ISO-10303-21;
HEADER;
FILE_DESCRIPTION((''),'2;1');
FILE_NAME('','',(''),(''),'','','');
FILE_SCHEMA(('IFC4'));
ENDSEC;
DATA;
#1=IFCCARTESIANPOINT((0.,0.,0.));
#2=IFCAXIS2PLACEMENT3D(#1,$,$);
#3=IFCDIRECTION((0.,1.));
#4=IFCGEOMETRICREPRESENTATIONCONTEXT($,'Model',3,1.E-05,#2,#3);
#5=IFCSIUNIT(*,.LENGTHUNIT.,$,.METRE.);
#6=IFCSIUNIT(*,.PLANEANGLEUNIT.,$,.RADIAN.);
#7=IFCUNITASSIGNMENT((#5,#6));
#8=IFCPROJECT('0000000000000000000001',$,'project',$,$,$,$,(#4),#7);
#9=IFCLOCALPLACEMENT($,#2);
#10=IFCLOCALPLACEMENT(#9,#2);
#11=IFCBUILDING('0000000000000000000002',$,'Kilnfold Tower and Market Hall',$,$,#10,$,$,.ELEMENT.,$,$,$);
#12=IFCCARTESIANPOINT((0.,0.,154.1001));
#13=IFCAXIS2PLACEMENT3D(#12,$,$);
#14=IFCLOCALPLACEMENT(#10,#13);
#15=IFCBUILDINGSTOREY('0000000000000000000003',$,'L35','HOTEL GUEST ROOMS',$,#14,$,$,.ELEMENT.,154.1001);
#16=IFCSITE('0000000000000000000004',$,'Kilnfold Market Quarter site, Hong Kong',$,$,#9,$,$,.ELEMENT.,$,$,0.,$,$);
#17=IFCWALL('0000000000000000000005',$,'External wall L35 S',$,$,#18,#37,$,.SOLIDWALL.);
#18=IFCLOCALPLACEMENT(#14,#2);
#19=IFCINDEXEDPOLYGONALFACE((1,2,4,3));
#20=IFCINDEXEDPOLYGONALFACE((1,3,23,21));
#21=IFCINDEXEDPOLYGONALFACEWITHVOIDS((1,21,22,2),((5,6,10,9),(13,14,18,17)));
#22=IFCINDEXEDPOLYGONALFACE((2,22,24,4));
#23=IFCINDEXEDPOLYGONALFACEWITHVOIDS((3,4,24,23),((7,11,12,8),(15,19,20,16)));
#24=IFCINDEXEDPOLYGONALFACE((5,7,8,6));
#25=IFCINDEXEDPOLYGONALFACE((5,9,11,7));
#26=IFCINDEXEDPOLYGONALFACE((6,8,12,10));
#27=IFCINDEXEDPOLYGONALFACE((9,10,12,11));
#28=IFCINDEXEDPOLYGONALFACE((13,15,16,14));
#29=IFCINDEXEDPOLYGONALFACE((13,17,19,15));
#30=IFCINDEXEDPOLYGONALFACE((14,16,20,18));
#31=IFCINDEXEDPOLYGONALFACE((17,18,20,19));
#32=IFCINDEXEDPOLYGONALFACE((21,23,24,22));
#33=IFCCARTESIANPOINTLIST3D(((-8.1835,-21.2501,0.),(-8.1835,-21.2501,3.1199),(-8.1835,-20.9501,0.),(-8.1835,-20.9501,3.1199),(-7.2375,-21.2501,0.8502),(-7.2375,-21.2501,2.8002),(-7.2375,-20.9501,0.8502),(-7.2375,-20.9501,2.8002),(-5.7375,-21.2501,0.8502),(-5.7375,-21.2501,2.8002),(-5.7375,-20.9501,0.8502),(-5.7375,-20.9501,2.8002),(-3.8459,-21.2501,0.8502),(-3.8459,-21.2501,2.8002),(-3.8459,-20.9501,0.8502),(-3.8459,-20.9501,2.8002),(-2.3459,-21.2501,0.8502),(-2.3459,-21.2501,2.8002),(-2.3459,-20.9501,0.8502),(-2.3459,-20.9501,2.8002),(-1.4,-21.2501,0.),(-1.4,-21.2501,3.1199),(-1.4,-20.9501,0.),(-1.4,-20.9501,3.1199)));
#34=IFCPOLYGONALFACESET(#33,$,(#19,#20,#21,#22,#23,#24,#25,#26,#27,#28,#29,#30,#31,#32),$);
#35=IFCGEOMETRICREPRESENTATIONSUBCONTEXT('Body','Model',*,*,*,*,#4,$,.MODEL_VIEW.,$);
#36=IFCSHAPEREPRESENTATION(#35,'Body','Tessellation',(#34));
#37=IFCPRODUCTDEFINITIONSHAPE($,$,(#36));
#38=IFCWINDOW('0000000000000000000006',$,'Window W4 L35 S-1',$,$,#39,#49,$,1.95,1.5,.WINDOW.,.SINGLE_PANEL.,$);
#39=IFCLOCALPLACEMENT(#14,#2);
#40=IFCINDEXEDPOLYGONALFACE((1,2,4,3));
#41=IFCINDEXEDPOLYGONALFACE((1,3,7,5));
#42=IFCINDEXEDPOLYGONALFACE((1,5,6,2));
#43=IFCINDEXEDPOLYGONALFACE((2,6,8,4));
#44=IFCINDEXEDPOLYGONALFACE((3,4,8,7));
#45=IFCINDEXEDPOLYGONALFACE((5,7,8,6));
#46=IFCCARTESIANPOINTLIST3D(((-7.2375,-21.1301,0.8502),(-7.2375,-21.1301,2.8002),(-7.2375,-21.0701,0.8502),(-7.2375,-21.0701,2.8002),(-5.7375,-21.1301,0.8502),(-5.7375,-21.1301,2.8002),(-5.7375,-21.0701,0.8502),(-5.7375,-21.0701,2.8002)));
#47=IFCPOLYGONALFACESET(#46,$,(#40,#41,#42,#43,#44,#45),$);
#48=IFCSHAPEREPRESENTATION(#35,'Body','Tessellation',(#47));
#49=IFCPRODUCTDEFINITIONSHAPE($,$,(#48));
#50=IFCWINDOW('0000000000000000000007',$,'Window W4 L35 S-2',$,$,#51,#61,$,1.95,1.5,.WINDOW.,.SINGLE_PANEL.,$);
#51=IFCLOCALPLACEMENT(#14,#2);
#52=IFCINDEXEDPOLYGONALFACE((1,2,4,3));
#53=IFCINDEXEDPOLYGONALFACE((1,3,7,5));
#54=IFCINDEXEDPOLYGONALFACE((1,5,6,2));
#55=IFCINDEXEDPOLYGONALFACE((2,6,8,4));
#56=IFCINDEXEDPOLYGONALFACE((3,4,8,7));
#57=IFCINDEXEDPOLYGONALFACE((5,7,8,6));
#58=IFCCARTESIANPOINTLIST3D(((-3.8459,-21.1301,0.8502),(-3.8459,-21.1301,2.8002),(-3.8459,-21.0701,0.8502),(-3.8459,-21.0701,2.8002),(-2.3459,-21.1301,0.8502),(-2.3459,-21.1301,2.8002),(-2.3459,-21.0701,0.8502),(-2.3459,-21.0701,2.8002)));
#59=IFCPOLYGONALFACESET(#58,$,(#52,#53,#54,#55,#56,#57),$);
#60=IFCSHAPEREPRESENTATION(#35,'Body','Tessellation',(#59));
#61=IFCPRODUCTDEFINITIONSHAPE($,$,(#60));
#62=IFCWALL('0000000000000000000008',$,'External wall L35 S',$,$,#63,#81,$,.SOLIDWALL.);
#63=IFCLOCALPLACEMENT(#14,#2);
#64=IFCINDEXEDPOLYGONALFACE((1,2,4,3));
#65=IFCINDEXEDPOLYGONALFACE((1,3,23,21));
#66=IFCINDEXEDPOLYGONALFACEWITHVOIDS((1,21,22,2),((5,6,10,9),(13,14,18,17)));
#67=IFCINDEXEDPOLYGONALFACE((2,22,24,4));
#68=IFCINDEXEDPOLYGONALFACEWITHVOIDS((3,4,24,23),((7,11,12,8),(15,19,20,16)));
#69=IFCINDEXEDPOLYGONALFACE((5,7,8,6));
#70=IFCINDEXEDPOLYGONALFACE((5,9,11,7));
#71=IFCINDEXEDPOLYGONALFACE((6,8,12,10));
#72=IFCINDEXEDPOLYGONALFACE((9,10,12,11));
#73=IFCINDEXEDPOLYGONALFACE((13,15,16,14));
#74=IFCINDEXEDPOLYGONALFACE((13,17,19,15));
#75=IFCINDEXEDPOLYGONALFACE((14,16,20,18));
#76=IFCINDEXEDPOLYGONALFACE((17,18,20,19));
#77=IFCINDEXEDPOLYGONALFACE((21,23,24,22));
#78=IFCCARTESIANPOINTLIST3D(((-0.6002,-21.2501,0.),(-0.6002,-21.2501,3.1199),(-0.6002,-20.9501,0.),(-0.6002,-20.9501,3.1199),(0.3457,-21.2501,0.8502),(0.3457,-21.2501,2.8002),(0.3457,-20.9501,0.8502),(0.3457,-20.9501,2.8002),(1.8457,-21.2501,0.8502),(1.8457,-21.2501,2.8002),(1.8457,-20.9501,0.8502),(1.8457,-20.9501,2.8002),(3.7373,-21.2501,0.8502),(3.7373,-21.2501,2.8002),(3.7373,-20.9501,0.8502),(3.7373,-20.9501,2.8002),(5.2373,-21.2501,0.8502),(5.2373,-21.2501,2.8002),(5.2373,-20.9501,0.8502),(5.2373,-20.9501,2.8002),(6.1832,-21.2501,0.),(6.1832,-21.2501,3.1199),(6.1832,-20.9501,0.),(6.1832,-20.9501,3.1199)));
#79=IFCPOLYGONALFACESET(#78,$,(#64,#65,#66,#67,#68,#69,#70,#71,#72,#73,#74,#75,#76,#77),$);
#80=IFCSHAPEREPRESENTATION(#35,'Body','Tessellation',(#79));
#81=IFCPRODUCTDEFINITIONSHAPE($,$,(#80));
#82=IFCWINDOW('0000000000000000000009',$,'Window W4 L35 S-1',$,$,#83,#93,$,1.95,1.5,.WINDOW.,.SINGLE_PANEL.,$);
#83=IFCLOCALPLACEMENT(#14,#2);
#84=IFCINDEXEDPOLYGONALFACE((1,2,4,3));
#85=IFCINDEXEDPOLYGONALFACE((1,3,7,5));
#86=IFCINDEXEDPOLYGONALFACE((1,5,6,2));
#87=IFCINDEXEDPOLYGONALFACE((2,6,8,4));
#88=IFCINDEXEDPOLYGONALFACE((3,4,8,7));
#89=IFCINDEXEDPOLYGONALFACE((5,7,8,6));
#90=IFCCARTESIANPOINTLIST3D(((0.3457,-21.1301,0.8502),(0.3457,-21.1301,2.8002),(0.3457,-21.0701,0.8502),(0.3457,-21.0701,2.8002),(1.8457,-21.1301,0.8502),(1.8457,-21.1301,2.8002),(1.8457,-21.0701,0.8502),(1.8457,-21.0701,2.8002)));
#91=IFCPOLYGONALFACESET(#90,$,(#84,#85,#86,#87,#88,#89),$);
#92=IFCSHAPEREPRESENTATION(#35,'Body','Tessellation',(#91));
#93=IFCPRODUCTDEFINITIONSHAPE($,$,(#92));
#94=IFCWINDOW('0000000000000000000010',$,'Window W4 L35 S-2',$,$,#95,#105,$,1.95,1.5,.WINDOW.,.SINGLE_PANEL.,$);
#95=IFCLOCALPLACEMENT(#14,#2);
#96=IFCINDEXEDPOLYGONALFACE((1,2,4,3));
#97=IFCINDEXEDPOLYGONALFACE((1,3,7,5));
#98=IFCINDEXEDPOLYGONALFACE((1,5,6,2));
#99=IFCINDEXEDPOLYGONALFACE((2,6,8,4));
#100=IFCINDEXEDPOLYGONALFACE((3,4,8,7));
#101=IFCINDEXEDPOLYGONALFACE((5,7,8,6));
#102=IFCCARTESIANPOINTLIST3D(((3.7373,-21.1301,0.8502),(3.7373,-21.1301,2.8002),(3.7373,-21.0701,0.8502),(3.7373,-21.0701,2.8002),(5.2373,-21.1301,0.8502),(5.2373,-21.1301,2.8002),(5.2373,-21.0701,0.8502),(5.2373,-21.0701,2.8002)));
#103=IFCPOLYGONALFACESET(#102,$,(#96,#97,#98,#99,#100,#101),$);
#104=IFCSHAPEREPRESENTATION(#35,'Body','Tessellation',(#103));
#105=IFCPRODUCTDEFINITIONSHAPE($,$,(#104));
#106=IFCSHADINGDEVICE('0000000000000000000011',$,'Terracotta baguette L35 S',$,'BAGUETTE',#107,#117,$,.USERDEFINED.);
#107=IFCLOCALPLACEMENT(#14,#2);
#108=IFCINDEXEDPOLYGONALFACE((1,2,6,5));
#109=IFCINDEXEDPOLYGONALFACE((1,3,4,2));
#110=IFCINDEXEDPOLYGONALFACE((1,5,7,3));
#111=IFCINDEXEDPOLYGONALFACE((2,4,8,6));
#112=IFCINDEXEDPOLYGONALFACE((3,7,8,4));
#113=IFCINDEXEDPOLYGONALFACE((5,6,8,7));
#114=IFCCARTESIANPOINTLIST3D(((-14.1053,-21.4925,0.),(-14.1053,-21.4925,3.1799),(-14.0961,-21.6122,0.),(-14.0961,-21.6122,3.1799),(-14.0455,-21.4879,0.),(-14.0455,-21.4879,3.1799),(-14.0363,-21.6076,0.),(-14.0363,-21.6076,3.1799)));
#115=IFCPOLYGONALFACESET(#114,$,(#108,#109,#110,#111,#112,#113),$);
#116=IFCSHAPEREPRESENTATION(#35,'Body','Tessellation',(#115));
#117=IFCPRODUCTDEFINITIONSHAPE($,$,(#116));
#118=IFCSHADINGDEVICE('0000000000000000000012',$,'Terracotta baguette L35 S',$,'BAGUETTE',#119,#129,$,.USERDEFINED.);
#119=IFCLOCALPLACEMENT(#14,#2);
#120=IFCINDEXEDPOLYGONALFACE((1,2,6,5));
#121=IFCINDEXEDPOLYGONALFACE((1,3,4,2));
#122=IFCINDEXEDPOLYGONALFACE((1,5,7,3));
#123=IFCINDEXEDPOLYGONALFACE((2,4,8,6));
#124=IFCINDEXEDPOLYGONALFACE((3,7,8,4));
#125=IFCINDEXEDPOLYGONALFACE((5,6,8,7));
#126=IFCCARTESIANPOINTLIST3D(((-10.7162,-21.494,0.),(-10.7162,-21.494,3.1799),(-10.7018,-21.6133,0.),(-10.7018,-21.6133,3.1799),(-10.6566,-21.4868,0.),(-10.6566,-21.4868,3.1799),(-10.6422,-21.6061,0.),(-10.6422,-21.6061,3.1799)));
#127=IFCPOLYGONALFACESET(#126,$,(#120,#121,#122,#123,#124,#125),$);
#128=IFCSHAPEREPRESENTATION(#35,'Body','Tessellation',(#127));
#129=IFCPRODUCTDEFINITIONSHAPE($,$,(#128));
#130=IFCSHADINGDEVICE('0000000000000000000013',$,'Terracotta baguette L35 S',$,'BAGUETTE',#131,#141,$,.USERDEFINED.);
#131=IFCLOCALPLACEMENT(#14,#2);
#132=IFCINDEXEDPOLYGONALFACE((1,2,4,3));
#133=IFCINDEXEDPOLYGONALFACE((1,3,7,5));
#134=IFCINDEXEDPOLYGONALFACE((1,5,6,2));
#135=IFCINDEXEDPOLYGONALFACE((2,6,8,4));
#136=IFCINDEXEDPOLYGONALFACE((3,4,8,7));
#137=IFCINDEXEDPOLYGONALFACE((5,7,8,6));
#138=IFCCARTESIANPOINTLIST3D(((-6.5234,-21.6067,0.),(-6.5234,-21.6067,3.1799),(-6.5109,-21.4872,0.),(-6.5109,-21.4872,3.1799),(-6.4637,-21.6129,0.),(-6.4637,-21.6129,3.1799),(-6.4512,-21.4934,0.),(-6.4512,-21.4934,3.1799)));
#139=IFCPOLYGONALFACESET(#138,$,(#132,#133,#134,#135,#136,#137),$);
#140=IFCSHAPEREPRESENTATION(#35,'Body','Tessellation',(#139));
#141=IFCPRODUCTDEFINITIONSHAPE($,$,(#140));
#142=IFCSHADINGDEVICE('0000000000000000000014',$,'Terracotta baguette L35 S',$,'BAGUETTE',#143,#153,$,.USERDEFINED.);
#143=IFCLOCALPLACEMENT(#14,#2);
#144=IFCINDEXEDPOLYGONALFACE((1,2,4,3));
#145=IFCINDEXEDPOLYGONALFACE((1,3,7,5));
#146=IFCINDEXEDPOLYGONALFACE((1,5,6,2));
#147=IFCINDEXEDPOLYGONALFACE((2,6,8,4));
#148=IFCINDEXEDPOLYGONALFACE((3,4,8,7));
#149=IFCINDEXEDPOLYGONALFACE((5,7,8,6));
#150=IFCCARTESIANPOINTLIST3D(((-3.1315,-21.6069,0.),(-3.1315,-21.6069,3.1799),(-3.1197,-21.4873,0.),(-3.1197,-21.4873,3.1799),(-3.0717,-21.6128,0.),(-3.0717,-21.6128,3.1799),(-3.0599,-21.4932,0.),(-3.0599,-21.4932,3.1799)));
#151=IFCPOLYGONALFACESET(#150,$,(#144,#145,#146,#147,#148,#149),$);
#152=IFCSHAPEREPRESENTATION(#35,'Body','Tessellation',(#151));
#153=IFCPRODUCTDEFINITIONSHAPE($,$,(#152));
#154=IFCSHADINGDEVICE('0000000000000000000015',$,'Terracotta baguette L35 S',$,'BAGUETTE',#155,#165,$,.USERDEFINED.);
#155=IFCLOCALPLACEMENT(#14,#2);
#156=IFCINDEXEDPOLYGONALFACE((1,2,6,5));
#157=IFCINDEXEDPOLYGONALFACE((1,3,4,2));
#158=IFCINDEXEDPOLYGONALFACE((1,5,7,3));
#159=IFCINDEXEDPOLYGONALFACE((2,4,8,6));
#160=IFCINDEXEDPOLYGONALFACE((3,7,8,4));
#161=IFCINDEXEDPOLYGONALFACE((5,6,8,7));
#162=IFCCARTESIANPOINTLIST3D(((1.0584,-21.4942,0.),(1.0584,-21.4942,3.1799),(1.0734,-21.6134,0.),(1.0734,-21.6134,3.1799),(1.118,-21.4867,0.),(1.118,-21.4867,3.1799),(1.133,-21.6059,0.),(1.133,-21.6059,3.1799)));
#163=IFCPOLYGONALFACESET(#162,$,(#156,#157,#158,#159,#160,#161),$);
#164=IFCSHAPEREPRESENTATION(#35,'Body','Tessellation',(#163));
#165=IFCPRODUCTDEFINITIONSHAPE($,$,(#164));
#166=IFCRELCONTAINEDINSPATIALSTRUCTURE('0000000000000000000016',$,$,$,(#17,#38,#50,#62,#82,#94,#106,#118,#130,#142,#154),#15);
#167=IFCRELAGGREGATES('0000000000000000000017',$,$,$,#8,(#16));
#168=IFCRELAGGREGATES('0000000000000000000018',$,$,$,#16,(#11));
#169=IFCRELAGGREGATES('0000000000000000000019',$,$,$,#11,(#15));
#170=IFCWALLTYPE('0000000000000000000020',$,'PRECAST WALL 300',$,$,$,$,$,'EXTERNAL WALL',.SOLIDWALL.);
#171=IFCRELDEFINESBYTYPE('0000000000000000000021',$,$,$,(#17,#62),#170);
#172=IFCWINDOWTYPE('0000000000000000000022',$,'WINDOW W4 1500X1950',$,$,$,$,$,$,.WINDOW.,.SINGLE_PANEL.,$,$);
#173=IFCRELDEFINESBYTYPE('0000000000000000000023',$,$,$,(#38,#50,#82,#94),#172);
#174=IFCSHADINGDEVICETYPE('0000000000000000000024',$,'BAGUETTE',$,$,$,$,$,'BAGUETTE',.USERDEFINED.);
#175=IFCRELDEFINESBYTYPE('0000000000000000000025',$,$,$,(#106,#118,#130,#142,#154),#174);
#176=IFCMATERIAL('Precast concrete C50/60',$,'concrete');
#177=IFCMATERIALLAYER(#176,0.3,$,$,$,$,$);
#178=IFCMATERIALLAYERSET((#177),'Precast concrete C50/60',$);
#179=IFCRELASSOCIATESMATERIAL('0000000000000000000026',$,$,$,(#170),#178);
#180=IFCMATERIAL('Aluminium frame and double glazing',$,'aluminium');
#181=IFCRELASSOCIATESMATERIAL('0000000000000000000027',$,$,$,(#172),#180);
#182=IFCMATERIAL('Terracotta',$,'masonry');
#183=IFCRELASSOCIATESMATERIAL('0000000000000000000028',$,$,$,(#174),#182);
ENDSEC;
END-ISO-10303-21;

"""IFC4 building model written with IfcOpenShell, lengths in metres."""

from ifc_helpers import new_model, si_unit, direction, frame, frame_2d, origin, origin_2d, place, context, subcontext, project, spatial, rectangle, extrude, source, transform, mapped, material, layer, layer_set, material_profile, profile_set, type_object, element, fill, save


model = new_model("IFC4")

# Units and contexts
model_context = context("Model", 3, precision=1e-05, world=origin(), true_north=direction((0.0, 1.0)))
body_context = subcontext(model_context, "Body", "Model", "MODEL_VIEW")
ifc_project = project(units=[si_unit("LENGTHUNIT", "METRE"), si_unit("PLANEANGLEUNIT", "RADIAN")], contexts=[model_context])

# Site, building, storey
site_placement = place(None, origin())
site = spatial("IfcSite", under=ifc_project, at=site_placement, Name="Kilnfold Market Quarter site, Hong Kong", CompositionType="ELEMENT", RefElevation=0.0)
building_placement = place(site_placement, origin())
building = spatial("IfcBuilding", under=site, at=building_placement, Name="Kilnfold Tower and Market Hall", CompositionType="ELEMENT")
storey_placement = place(building_placement, frame((0.0, 0.0, 154.1001)))
storey = spatial("IfcBuildingStorey", under=building, at=storey_placement, Name="L35", Description="HOTEL GUEST ROOMS", CompositionType="ELEMENT", Elevation=154.1001)

# Walls, openings, windows
ifc_material_1 = material(Name="Precast concrete C50/60", Category="concrete")
ifc_layer_1 = layer(ifc_material_1, 0.3)
ifc_layer_set_1 = layer_set([ifc_layer_1], Name="Precast concrete C50/60")
wall_type_1 = type_object("IfcWallType", Name="PRECAST WALL 300", ElementType="EXTERNAL WALL", PredefinedType="SOLIDWALL", material=ifc_layer_set_1)
shared_shape_1 = source(origin(), body_context, "Body", "SweptSolid", [
    extrude(rectangle(XDim=6.7834, YDim=0.3, at=frame_2d((3.3916, 0.0))), origin(), (0.0, 0.0, 1.0), 3.1199),
])
wall_1_placement = place(storey_placement, frame((-8.1833, -21.1001, 0.0), z_axis=(0.0, 0.0, 1.0), x_axis=(1.0, 0.0, 0.0)))
wall_1 = element("IfcWall", 1, at=wall_1_placement, inside=storey, type_object=wall_type_1, Name="External wall L35 S", PredefinedType="SOLIDWALL", context=body_context, shape_type="MappedRepresentation", body=[
    mapped(shared_shape_1, transform((0.0, 0.0, 0.0))),
])
opening_1_placement = place(wall_1_placement, frame((0.9458, 0.0, 0.8501)))
opening_1 = element("IfcOpeningElement", 2, at=opening_1_placement, cuts=wall_1, PredefinedType="OPENING", context=body_context, shape_type="SweptSolid", body=[
    extrude(rectangle(XDim=1.5, YDim=1.95, at=frame_2d((0.75, 0.9751))), frame((0.0, 0.1602, 0.0), z_axis=(0.0, -1.0, 0.0), x_axis=(1.0, 0.0, 0.0)), (0.0, 0.0, 1.0), 0.3201),
])
opening_2_placement = place(wall_1_placement, frame((4.3374, 0.0, 0.8501)))
opening_2 = element("IfcOpeningElement", 3, at=opening_2_placement, cuts=wall_1, PredefinedType="OPENING", context=body_context, shape_type="SweptSolid", body=[
    extrude(rectangle(XDim=1.5, YDim=1.95, at=frame_2d((0.75, 0.9751))), frame((0.0, 0.1602, 0.0), z_axis=(0.0, -1.0, 0.0), x_axis=(1.0, 0.0, 0.0)), (0.0, 0.0, 1.0), 0.3201),
])
ifc_material_2 = material(Name="Aluminium frame and double glazing", Category="aluminium")
window_type = type_object("IfcWindowType", Name="WINDOW W4 1500X1950", PartitioningType="SINGLE_PANEL", PredefinedType="WINDOW", material=ifc_material_2)
window_1_placement = place(opening_1_placement, origin())
window_1 = element("IfcWindow", 4, at=window_1_placement, inside=storey, type_object=window_type, Name="Window W4 L35 S-1", OverallHeight=1.95, OverallWidth=1.5, PartitioningType="SINGLE_PANEL", PredefinedType="WINDOW", context=body_context, shape_type="SweptSolid", body=[
    extrude(rectangle(XDim=1.5, YDim=1.95, at=frame_2d((0.75, 0.9751))), frame((0.0, 0.03, 0.0), z_axis=(0.0, -1.0, 0.0), x_axis=(1.0, 0.0, 0.0)), (0.0, 0.0, 1.0), 0.0601),
])
fill(opening_1, window_1)
window_2_placement = place(opening_2_placement, origin())
window_2 = element("IfcWindow", 5, at=window_2_placement, inside=storey, type_object=window_type, Name="Window W4 L35 S-2", OverallHeight=1.95, OverallWidth=1.5, PartitioningType="SINGLE_PANEL", PredefinedType="WINDOW", context=body_context, shape_type="SweptSolid", body=[
    extrude(rectangle(XDim=1.5, YDim=1.95, at=frame_2d((0.75, 0.9751))), frame((0.0, 0.03, 0.0), z_axis=(0.0, -1.0, 0.0), x_axis=(1.0, 0.0, 0.0)), (0.0, 0.0, 1.0), 0.0601),
])
fill(opening_2, window_2)
wall_2_placement = place(storey_placement, frame((-0.6001, -21.1001, 0.0), z_axis=(0.0, 0.0, 1.0), x_axis=(1.0, 0.0, 0.0)))
wall_2 = element("IfcWall", 6, at=wall_2_placement, inside=storey, type_object=wall_type_1, Name="External wall L35 S", PredefinedType="SOLIDWALL", context=body_context, shape_type="MappedRepresentation", body=[
    mapped(shared_shape_1, transform((0.0, 0.0, 0.0))),
])
opening_3_placement = place(wall_2_placement, frame((0.9458, 0.0, 0.8501)))
opening_3 = element("IfcOpeningElement", 7, at=opening_3_placement, cuts=wall_2, PredefinedType="OPENING", context=body_context, shape_type="SweptSolid", body=[
    extrude(rectangle(XDim=1.5, YDim=1.95, at=frame_2d((0.75, 0.9751))), frame((0.0, 0.1602, 0.0), z_axis=(0.0, -1.0, 0.0), x_axis=(1.0, 0.0, 0.0)), (0.0, 0.0, 1.0), 0.3201),
])
opening_4_placement = place(wall_2_placement, frame((4.3374, 0.0, 0.8501)))
opening_4 = element("IfcOpeningElement", 8, at=opening_4_placement, cuts=wall_2, PredefinedType="OPENING", context=body_context, shape_type="SweptSolid", body=[
    extrude(rectangle(XDim=1.5, YDim=1.95, at=frame_2d((0.75, 0.9751))), frame((0.0, 0.1602, 0.0), z_axis=(0.0, -1.0, 0.0), x_axis=(1.0, 0.0, 0.0)), (0.0, 0.0, 1.0), 0.3201),
])
window_3_placement = place(opening_3_placement, origin())
window_3 = element("IfcWindow", 9, at=window_3_placement, inside=storey, type_object=window_type, Name="Window W4 L35 S-1", OverallHeight=1.95, OverallWidth=1.5, PartitioningType="SINGLE_PANEL", PredefinedType="WINDOW", context=body_context, shape_type="SweptSolid", body=[
    extrude(rectangle(XDim=1.5, YDim=1.95, at=frame_2d((0.75, 0.9751))), frame((0.0, 0.03, 0.0), z_axis=(0.0, -1.0, 0.0), x_axis=(1.0, 0.0, 0.0)), (0.0, 0.0, 1.0), 0.0601),
])
fill(opening_3, window_3)
window_4_placement = place(opening_4_placement, origin())
window_4 = element("IfcWindow", 10, at=window_4_placement, inside=storey, type_object=window_type, Name="Window W4 L35 S-2", OverallHeight=1.95, OverallWidth=1.5, PartitioningType="SINGLE_PANEL", PredefinedType="WINDOW", context=body_context, shape_type="SweptSolid", body=[
    extrude(rectangle(XDim=1.5, YDim=1.95, at=frame_2d((0.75, 0.9751))), frame((0.0, 0.03, 0.0), z_axis=(0.0, -1.0, 0.0), x_axis=(1.0, 0.0, 0.0)), (0.0, 0.0, 1.0), 0.0601),
])
fill(opening_4, window_4)

# Shading devices
ifc_material_3 = material(Name="Terracotta", Category="masonry")
ifc_material_profile_1 = material_profile(ifc_material_3, rectangle(XDim=0.0601, YDim=0.1201, at=origin_2d()), Name="BAG 60x120")
ifc_profile_set_1 = profile_set([ifc_material_profile_1], Name="Terracotta")
shading_device_type = type_object("IfcShadingDeviceType", Name="BAGUETTE", ElementType="BAGUETTE", PredefinedType="USERDEFINED", material=ifc_profile_set_1)
shared_shape_2 = source(origin(), body_context, "Body", "SweptSolid", [
    extrude(rectangle(XDim=0.0601, YDim=0.1201, at=origin_2d()), origin(), (0.0, 0.0, 1.0), 3.1799),
])
for number, where, z_axis, x_axis, name in (
    (11, (-14.0708, -21.55, 0.0), (0.0, 0.0, 1.0), (0.997071, 0.076486, 0.0), "Terracotta baguette L35 S"),
    (12, (-10.6792, -21.55, 0.0), (0.0, 0.0, 1.0), (0.992767, 0.120055, 0.0), "Terracotta baguette L35 S"),
    (13, (-6.4873, -21.55, 0.0), (0.0, 0.0, 1.0), (0.994579, -0.103987, 0.0), "Terracotta baguette L35 S"),
    (14, (-3.0957, -21.55, 0.0), (0.0, 0.0, 1.0), (0.99521, -0.097765, 0.0), "Terracotta baguette L35 S"),
    (15, (1.0957, -21.55, 0.0), (0.0, 0.0, 1.0), (0.992237, 0.124363, 0.0), "Terracotta baguette L35 S"),
):
    element("IfcShadingDevice", number, at=place(storey_placement, frame(where, z_axis=z_axis, x_axis=x_axis)), inside=storey, type_object=shading_device_type, Name=name, ObjectType="BAGUETTE", PredefinedType="USERDEFINED", context=body_context, shape_type="MappedRepresentation", body=[
        mapped(shared_shape_2, transform((0.0, 0.0, 0.0))),
    ])

save(model, "model.ifc")
